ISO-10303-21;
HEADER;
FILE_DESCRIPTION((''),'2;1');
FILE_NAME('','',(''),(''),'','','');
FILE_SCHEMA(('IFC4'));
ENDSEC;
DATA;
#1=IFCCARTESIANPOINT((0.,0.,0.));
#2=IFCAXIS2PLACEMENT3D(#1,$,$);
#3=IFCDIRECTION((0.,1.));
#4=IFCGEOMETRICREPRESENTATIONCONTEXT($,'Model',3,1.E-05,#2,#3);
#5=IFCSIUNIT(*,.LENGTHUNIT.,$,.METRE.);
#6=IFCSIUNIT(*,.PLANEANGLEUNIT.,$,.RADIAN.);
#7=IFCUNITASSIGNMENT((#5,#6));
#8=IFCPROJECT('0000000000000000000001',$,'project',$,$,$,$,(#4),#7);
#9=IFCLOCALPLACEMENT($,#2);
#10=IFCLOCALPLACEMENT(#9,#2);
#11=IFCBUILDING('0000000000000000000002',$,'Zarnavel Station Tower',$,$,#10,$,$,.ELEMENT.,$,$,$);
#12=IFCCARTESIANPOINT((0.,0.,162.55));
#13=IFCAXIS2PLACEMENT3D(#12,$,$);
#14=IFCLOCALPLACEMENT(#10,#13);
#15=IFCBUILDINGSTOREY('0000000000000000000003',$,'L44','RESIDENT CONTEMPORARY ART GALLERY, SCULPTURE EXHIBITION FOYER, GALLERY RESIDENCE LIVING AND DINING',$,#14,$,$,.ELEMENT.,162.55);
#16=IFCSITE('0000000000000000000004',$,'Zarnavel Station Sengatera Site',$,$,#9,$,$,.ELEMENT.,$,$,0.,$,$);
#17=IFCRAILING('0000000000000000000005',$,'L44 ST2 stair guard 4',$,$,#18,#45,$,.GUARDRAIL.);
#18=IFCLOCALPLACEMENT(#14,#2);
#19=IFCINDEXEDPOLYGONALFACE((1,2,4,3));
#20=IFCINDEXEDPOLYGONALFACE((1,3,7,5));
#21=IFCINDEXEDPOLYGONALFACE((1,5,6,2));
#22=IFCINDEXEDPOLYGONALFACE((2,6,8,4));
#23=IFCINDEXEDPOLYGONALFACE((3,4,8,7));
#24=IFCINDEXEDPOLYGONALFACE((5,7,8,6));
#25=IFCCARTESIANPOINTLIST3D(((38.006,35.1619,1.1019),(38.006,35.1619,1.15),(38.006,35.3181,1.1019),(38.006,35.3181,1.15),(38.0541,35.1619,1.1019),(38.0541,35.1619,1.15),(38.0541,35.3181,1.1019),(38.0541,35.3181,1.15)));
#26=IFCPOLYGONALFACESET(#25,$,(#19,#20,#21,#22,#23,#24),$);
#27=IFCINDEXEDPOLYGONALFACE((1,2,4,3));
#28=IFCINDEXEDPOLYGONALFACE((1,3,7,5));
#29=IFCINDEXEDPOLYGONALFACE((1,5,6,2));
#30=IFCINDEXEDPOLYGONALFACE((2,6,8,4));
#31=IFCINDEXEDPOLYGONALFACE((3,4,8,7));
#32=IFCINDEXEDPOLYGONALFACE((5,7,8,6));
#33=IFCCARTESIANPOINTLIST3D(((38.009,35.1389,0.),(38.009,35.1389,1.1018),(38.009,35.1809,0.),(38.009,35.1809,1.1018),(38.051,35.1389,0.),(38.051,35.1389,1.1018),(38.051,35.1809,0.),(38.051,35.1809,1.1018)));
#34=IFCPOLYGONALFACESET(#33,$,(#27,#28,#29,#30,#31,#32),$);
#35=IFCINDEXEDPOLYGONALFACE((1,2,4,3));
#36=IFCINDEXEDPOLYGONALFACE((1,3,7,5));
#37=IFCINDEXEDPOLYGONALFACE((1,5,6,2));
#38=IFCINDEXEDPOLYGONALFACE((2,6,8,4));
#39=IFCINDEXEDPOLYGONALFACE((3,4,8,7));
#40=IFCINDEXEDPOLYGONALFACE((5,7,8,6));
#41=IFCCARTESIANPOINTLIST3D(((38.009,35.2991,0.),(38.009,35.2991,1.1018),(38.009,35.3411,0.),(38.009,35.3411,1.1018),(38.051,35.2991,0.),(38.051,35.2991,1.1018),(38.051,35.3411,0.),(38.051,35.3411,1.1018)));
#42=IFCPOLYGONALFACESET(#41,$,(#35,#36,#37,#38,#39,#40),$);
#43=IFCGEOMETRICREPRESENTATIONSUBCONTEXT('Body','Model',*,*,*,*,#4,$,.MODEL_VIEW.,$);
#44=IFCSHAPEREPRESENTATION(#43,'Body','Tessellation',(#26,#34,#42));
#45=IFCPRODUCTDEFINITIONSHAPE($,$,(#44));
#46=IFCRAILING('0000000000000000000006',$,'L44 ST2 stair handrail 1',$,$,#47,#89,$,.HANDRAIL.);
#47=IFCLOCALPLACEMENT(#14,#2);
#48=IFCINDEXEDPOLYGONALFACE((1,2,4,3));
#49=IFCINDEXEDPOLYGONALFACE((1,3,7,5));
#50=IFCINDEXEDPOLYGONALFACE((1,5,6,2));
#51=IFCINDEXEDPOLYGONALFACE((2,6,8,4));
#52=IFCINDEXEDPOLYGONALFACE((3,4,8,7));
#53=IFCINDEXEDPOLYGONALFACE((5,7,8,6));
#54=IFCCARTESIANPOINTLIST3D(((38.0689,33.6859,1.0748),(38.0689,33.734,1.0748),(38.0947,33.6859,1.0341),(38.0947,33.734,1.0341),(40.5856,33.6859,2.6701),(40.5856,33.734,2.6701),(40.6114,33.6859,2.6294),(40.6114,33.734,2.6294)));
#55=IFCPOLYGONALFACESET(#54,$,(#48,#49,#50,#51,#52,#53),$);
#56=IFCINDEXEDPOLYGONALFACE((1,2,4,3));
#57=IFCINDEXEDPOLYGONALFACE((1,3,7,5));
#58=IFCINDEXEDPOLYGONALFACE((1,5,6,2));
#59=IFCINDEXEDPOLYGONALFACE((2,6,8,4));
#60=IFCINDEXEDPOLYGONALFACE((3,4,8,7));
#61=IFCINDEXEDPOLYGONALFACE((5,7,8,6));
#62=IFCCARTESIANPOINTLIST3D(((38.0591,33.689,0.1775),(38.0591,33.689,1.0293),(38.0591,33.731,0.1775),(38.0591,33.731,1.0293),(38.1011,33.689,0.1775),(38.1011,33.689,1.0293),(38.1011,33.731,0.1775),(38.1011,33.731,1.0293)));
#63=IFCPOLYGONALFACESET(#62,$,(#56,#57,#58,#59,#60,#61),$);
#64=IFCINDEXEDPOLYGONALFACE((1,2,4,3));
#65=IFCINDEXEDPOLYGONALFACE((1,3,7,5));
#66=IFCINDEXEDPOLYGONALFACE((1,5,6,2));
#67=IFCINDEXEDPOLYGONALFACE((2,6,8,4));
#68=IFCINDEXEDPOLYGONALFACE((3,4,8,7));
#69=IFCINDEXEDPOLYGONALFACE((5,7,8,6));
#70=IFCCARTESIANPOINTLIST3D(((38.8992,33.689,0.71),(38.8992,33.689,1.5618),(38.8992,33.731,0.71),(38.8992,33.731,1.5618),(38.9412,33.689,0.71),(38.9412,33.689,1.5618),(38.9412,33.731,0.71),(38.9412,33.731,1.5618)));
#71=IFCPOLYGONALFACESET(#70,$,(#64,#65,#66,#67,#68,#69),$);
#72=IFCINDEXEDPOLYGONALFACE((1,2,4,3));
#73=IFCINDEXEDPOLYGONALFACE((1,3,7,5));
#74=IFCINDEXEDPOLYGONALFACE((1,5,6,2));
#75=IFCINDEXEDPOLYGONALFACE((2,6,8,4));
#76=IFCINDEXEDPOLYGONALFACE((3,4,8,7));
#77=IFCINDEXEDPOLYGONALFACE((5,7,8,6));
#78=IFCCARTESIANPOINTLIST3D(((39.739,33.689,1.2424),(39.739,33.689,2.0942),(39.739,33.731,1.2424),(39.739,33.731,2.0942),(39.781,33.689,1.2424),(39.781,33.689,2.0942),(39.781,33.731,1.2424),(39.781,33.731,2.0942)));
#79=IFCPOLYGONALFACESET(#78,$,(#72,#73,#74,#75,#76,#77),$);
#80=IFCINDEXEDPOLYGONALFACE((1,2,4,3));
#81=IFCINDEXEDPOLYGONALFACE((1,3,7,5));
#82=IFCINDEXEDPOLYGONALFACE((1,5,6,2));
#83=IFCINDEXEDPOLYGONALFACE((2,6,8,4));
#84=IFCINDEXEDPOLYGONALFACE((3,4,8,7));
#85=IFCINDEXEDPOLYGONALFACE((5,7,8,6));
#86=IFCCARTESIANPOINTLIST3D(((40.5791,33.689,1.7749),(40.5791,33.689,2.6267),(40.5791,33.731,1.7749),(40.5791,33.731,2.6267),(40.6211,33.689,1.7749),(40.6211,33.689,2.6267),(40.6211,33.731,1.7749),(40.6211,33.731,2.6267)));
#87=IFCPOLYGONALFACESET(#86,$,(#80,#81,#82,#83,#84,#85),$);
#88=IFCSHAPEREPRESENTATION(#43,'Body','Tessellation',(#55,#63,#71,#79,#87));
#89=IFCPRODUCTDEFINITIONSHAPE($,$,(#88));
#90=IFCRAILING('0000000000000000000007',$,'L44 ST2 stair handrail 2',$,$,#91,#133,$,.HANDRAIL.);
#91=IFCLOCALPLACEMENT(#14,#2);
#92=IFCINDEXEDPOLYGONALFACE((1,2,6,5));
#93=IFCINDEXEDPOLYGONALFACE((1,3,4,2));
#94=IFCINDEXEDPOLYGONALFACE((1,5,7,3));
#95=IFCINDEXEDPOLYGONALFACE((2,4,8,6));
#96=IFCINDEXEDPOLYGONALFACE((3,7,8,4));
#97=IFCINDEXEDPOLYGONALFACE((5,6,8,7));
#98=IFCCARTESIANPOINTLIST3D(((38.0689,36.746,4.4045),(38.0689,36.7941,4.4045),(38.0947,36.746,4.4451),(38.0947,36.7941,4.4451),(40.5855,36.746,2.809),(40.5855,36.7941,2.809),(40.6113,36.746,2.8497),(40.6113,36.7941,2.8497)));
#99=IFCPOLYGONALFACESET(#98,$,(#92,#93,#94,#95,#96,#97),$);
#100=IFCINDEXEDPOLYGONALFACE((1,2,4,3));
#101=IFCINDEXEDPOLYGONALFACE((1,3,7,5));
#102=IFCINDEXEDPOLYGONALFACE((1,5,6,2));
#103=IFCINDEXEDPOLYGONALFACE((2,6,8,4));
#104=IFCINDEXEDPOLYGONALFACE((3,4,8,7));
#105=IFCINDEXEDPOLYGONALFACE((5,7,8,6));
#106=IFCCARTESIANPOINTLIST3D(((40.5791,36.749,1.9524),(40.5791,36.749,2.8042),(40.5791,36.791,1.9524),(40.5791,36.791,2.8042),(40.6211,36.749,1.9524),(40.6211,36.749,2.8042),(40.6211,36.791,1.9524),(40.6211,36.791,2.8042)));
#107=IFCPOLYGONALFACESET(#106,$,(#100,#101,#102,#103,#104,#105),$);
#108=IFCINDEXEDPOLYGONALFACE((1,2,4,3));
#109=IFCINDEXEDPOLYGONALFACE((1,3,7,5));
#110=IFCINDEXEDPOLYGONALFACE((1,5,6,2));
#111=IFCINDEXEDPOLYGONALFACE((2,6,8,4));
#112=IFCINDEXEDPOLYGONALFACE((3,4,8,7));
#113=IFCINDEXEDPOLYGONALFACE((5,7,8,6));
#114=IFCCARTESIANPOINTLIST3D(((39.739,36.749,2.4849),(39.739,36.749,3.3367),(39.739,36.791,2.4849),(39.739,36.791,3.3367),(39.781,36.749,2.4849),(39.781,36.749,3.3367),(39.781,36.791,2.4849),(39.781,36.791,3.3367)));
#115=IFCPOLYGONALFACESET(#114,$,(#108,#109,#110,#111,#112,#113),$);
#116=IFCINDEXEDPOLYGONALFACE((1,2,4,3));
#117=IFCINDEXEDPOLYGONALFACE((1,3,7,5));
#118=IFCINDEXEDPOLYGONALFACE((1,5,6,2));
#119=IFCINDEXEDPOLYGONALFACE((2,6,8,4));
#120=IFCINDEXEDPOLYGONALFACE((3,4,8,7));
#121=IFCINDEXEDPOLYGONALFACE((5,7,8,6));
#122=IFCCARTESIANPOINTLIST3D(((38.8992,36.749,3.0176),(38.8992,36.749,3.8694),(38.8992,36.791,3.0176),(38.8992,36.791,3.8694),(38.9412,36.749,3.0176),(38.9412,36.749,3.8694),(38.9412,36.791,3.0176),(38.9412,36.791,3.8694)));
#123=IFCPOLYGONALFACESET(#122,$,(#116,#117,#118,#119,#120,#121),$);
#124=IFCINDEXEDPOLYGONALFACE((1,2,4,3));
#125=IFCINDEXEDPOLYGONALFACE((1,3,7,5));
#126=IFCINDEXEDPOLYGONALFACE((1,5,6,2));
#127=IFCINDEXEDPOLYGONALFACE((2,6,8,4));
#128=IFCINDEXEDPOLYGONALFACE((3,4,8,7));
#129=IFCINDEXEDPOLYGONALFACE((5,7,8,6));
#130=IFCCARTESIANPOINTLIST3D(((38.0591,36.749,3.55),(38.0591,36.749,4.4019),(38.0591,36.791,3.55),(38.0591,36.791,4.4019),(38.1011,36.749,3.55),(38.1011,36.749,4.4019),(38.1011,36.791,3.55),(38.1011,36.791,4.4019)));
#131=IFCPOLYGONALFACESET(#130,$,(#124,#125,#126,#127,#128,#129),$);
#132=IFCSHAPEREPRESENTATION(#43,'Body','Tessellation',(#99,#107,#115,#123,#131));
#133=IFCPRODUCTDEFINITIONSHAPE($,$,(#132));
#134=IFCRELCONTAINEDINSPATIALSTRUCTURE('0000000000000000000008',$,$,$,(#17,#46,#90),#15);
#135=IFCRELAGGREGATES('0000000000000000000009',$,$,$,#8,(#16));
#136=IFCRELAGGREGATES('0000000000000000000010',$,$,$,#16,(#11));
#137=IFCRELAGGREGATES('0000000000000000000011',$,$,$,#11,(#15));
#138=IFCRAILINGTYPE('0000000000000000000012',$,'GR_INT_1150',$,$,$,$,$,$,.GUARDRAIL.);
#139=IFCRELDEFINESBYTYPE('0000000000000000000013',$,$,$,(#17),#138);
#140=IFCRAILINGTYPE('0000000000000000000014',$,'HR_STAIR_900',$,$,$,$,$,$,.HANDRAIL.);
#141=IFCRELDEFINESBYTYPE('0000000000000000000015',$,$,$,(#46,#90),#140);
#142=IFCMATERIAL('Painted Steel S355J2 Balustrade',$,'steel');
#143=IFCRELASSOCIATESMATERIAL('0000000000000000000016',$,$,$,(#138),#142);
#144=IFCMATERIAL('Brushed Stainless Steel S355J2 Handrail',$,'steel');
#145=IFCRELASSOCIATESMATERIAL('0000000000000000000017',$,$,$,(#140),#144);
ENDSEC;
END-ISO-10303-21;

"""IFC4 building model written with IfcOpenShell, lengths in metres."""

from ifc_helpers import new_model, si_unit, direction, frame, origin, origin_2d, place, context, subcontext, project, spatial, rectangle, extrude, material, type_object, element, save


model = new_model("IFC4")

# Units and contexts
model_context = context("Model", 3, precision=1e-05, world=origin(), true_north=direction((0.0, 1.0)))
body_context = subcontext(model_context, "Body", "Model", "MODEL_VIEW")
ifc_project = project(units=[si_unit("LENGTHUNIT", "METRE"), si_unit("PLANEANGLEUNIT", "RADIAN")], contexts=[model_context])

# Site, building, storey
site_placement = place(None, origin())
site = spatial("IfcSite", under=ifc_project, at=site_placement, Name="Zarnavel Station Sengatera Site", CompositionType="ELEMENT", RefElevation=0.0)
building_placement = place(site_placement, origin())
building = spatial("IfcBuilding", under=site, at=building_placement, Name="Zarnavel Station Tower", CompositionType="ELEMENT")
storey_placement = place(building_placement, frame((0.0, 0.0, 162.55)))
storey = spatial("IfcBuildingStorey", under=building, at=storey_placement, Name="L44", Description="RESIDENT CONTEMPORARY ART GALLERY, SCULPTURE EXHIBITION FOYER, GALLERY RESIDENCE LIVING AND DINING", CompositionType="ELEMENT", Elevation=162.55)

# Railings
ifc_material_1 = material(Name="Painted Steel S355J2 Balustrade", Category="steel")
railing_type_1 = type_object("IfcRailingType", Name="GR_INT_1150", PredefinedType="GUARDRAIL", material=ifc_material_1)
railing_1_placement = place(storey_placement, frame((38.03, 35.1599, 0.0)))
element("IfcRailing", 1, at=railing_1_placement, inside=storey, type_object=railing_type_1, Name="L44 ST2 stair guard 4", PredefinedType="GUARDRAIL", context=body_context, shape_type="SweptSolid", body=[
    extrude(rectangle(XDim=0.0481, YDim=0.0481, at=origin_2d()), frame((0.0, 0.002, 1.126), z_axis=(0.0, 1.0, 0.0), x_axis=(-1.0, 0.0, 0.0)), (0.0, 0.0, 1.0), 0.1562),
    extrude(rectangle(XDim=0.042, YDim=0.042, at=origin_2d()), origin(), (0.0, 0.0, 1.0), 1.1018),
    extrude(rectangle(XDim=0.042, YDim=0.042, at=origin_2d()), frame((0.0, 0.1602, 0.0)), (0.0, 0.0, 1.0), 1.1018),
])
ifc_material_2 = material(Name="Brushed Stainless Steel S355J2 Handrail", Category="steel")
railing_type_2 = type_object("IfcRailingType", Name="HR_STAIR_900", PredefinedType="HANDRAIL", material=ifc_material_2)
railing_2_placement = place(storey_placement, frame((38.0801, 33.71, 0.1775)))
element("IfcRailing", 2, at=railing_2_placement, inside=storey, type_object=railing_type_2, Name="L44 ST2 stair handrail 1", PredefinedType="HANDRAIL", context=body_context, shape_type="SweptSolid", body=[
    extrude(rectangle(XDim=0.0481, YDim=0.0481, at=origin_2d()), frame((0.0017, 0.0, 0.877), z_axis=(0.844607, 0.0, 0.535387), x_axis=(0.0, 1.0, 0.0)), (0.0, 0.0, 1.0), 2.9797),
    extrude(rectangle(XDim=0.042, YDim=0.042, at=origin_2d()), origin(), (0.0, 0.0, 1.0), 0.8518),
    extrude(rectangle(XDim=0.042, YDim=0.042, at=origin_2d()), frame((0.8401, 0.0, 0.5325)), (0.0, 0.0, 1.0), 0.8518),
    extrude(rectangle(XDim=0.042, YDim=0.042, at=origin_2d()), frame((1.6799, 0.0, 1.0649)), (0.0, 0.0, 1.0), 0.8518),
    extrude(rectangle(XDim=0.042, YDim=0.042, at=origin_2d()), frame((2.52, 0.0, 1.5974)), (0.0, 0.0, 1.0), 0.8518),
])
railing_3_placement = place(storey_placement, frame((40.6001, 36.77, 1.9524)))
element("IfcRailing", 3, at=railing_3_placement, inside=storey, type_object=railing_type_2, Name="L44 ST2 stair handrail 2", PredefinedType="HANDRAIL", context=body_context, shape_type="SweptSolid", body=[
    extrude(rectangle(XDim=0.0481, YDim=0.0481, at=origin_2d()), frame((-0.0017, 0.0, 0.877), z_axis=(-0.84457, 0.0, 0.535445), x_axis=(0.0, -1.0, 0.0)), (0.0, 0.0, 1.0), 2.9797),
    extrude(rectangle(XDim=0.042, YDim=0.042, at=origin_2d()), origin(), (0.0, 0.0, 1.0), 0.8518),
    extrude(rectangle(XDim=0.042, YDim=0.042, at=origin_2d()), frame((-0.8401, 0.0, 0.5325)), (0.0, 0.0, 1.0), 0.8518),
    extrude(rectangle(XDim=0.042, YDim=0.042, at=origin_2d()), frame((-1.6799, 0.0, 1.0652)), (0.0, 0.0, 1.0), 0.8518),
    extrude(rectangle(XDim=0.042, YDim=0.042, at=origin_2d()), frame((-2.52, 0.0, 1.5977)), (0.0, 0.0, 1.0), 0.8518),
])

save(model, "model.ifc")
